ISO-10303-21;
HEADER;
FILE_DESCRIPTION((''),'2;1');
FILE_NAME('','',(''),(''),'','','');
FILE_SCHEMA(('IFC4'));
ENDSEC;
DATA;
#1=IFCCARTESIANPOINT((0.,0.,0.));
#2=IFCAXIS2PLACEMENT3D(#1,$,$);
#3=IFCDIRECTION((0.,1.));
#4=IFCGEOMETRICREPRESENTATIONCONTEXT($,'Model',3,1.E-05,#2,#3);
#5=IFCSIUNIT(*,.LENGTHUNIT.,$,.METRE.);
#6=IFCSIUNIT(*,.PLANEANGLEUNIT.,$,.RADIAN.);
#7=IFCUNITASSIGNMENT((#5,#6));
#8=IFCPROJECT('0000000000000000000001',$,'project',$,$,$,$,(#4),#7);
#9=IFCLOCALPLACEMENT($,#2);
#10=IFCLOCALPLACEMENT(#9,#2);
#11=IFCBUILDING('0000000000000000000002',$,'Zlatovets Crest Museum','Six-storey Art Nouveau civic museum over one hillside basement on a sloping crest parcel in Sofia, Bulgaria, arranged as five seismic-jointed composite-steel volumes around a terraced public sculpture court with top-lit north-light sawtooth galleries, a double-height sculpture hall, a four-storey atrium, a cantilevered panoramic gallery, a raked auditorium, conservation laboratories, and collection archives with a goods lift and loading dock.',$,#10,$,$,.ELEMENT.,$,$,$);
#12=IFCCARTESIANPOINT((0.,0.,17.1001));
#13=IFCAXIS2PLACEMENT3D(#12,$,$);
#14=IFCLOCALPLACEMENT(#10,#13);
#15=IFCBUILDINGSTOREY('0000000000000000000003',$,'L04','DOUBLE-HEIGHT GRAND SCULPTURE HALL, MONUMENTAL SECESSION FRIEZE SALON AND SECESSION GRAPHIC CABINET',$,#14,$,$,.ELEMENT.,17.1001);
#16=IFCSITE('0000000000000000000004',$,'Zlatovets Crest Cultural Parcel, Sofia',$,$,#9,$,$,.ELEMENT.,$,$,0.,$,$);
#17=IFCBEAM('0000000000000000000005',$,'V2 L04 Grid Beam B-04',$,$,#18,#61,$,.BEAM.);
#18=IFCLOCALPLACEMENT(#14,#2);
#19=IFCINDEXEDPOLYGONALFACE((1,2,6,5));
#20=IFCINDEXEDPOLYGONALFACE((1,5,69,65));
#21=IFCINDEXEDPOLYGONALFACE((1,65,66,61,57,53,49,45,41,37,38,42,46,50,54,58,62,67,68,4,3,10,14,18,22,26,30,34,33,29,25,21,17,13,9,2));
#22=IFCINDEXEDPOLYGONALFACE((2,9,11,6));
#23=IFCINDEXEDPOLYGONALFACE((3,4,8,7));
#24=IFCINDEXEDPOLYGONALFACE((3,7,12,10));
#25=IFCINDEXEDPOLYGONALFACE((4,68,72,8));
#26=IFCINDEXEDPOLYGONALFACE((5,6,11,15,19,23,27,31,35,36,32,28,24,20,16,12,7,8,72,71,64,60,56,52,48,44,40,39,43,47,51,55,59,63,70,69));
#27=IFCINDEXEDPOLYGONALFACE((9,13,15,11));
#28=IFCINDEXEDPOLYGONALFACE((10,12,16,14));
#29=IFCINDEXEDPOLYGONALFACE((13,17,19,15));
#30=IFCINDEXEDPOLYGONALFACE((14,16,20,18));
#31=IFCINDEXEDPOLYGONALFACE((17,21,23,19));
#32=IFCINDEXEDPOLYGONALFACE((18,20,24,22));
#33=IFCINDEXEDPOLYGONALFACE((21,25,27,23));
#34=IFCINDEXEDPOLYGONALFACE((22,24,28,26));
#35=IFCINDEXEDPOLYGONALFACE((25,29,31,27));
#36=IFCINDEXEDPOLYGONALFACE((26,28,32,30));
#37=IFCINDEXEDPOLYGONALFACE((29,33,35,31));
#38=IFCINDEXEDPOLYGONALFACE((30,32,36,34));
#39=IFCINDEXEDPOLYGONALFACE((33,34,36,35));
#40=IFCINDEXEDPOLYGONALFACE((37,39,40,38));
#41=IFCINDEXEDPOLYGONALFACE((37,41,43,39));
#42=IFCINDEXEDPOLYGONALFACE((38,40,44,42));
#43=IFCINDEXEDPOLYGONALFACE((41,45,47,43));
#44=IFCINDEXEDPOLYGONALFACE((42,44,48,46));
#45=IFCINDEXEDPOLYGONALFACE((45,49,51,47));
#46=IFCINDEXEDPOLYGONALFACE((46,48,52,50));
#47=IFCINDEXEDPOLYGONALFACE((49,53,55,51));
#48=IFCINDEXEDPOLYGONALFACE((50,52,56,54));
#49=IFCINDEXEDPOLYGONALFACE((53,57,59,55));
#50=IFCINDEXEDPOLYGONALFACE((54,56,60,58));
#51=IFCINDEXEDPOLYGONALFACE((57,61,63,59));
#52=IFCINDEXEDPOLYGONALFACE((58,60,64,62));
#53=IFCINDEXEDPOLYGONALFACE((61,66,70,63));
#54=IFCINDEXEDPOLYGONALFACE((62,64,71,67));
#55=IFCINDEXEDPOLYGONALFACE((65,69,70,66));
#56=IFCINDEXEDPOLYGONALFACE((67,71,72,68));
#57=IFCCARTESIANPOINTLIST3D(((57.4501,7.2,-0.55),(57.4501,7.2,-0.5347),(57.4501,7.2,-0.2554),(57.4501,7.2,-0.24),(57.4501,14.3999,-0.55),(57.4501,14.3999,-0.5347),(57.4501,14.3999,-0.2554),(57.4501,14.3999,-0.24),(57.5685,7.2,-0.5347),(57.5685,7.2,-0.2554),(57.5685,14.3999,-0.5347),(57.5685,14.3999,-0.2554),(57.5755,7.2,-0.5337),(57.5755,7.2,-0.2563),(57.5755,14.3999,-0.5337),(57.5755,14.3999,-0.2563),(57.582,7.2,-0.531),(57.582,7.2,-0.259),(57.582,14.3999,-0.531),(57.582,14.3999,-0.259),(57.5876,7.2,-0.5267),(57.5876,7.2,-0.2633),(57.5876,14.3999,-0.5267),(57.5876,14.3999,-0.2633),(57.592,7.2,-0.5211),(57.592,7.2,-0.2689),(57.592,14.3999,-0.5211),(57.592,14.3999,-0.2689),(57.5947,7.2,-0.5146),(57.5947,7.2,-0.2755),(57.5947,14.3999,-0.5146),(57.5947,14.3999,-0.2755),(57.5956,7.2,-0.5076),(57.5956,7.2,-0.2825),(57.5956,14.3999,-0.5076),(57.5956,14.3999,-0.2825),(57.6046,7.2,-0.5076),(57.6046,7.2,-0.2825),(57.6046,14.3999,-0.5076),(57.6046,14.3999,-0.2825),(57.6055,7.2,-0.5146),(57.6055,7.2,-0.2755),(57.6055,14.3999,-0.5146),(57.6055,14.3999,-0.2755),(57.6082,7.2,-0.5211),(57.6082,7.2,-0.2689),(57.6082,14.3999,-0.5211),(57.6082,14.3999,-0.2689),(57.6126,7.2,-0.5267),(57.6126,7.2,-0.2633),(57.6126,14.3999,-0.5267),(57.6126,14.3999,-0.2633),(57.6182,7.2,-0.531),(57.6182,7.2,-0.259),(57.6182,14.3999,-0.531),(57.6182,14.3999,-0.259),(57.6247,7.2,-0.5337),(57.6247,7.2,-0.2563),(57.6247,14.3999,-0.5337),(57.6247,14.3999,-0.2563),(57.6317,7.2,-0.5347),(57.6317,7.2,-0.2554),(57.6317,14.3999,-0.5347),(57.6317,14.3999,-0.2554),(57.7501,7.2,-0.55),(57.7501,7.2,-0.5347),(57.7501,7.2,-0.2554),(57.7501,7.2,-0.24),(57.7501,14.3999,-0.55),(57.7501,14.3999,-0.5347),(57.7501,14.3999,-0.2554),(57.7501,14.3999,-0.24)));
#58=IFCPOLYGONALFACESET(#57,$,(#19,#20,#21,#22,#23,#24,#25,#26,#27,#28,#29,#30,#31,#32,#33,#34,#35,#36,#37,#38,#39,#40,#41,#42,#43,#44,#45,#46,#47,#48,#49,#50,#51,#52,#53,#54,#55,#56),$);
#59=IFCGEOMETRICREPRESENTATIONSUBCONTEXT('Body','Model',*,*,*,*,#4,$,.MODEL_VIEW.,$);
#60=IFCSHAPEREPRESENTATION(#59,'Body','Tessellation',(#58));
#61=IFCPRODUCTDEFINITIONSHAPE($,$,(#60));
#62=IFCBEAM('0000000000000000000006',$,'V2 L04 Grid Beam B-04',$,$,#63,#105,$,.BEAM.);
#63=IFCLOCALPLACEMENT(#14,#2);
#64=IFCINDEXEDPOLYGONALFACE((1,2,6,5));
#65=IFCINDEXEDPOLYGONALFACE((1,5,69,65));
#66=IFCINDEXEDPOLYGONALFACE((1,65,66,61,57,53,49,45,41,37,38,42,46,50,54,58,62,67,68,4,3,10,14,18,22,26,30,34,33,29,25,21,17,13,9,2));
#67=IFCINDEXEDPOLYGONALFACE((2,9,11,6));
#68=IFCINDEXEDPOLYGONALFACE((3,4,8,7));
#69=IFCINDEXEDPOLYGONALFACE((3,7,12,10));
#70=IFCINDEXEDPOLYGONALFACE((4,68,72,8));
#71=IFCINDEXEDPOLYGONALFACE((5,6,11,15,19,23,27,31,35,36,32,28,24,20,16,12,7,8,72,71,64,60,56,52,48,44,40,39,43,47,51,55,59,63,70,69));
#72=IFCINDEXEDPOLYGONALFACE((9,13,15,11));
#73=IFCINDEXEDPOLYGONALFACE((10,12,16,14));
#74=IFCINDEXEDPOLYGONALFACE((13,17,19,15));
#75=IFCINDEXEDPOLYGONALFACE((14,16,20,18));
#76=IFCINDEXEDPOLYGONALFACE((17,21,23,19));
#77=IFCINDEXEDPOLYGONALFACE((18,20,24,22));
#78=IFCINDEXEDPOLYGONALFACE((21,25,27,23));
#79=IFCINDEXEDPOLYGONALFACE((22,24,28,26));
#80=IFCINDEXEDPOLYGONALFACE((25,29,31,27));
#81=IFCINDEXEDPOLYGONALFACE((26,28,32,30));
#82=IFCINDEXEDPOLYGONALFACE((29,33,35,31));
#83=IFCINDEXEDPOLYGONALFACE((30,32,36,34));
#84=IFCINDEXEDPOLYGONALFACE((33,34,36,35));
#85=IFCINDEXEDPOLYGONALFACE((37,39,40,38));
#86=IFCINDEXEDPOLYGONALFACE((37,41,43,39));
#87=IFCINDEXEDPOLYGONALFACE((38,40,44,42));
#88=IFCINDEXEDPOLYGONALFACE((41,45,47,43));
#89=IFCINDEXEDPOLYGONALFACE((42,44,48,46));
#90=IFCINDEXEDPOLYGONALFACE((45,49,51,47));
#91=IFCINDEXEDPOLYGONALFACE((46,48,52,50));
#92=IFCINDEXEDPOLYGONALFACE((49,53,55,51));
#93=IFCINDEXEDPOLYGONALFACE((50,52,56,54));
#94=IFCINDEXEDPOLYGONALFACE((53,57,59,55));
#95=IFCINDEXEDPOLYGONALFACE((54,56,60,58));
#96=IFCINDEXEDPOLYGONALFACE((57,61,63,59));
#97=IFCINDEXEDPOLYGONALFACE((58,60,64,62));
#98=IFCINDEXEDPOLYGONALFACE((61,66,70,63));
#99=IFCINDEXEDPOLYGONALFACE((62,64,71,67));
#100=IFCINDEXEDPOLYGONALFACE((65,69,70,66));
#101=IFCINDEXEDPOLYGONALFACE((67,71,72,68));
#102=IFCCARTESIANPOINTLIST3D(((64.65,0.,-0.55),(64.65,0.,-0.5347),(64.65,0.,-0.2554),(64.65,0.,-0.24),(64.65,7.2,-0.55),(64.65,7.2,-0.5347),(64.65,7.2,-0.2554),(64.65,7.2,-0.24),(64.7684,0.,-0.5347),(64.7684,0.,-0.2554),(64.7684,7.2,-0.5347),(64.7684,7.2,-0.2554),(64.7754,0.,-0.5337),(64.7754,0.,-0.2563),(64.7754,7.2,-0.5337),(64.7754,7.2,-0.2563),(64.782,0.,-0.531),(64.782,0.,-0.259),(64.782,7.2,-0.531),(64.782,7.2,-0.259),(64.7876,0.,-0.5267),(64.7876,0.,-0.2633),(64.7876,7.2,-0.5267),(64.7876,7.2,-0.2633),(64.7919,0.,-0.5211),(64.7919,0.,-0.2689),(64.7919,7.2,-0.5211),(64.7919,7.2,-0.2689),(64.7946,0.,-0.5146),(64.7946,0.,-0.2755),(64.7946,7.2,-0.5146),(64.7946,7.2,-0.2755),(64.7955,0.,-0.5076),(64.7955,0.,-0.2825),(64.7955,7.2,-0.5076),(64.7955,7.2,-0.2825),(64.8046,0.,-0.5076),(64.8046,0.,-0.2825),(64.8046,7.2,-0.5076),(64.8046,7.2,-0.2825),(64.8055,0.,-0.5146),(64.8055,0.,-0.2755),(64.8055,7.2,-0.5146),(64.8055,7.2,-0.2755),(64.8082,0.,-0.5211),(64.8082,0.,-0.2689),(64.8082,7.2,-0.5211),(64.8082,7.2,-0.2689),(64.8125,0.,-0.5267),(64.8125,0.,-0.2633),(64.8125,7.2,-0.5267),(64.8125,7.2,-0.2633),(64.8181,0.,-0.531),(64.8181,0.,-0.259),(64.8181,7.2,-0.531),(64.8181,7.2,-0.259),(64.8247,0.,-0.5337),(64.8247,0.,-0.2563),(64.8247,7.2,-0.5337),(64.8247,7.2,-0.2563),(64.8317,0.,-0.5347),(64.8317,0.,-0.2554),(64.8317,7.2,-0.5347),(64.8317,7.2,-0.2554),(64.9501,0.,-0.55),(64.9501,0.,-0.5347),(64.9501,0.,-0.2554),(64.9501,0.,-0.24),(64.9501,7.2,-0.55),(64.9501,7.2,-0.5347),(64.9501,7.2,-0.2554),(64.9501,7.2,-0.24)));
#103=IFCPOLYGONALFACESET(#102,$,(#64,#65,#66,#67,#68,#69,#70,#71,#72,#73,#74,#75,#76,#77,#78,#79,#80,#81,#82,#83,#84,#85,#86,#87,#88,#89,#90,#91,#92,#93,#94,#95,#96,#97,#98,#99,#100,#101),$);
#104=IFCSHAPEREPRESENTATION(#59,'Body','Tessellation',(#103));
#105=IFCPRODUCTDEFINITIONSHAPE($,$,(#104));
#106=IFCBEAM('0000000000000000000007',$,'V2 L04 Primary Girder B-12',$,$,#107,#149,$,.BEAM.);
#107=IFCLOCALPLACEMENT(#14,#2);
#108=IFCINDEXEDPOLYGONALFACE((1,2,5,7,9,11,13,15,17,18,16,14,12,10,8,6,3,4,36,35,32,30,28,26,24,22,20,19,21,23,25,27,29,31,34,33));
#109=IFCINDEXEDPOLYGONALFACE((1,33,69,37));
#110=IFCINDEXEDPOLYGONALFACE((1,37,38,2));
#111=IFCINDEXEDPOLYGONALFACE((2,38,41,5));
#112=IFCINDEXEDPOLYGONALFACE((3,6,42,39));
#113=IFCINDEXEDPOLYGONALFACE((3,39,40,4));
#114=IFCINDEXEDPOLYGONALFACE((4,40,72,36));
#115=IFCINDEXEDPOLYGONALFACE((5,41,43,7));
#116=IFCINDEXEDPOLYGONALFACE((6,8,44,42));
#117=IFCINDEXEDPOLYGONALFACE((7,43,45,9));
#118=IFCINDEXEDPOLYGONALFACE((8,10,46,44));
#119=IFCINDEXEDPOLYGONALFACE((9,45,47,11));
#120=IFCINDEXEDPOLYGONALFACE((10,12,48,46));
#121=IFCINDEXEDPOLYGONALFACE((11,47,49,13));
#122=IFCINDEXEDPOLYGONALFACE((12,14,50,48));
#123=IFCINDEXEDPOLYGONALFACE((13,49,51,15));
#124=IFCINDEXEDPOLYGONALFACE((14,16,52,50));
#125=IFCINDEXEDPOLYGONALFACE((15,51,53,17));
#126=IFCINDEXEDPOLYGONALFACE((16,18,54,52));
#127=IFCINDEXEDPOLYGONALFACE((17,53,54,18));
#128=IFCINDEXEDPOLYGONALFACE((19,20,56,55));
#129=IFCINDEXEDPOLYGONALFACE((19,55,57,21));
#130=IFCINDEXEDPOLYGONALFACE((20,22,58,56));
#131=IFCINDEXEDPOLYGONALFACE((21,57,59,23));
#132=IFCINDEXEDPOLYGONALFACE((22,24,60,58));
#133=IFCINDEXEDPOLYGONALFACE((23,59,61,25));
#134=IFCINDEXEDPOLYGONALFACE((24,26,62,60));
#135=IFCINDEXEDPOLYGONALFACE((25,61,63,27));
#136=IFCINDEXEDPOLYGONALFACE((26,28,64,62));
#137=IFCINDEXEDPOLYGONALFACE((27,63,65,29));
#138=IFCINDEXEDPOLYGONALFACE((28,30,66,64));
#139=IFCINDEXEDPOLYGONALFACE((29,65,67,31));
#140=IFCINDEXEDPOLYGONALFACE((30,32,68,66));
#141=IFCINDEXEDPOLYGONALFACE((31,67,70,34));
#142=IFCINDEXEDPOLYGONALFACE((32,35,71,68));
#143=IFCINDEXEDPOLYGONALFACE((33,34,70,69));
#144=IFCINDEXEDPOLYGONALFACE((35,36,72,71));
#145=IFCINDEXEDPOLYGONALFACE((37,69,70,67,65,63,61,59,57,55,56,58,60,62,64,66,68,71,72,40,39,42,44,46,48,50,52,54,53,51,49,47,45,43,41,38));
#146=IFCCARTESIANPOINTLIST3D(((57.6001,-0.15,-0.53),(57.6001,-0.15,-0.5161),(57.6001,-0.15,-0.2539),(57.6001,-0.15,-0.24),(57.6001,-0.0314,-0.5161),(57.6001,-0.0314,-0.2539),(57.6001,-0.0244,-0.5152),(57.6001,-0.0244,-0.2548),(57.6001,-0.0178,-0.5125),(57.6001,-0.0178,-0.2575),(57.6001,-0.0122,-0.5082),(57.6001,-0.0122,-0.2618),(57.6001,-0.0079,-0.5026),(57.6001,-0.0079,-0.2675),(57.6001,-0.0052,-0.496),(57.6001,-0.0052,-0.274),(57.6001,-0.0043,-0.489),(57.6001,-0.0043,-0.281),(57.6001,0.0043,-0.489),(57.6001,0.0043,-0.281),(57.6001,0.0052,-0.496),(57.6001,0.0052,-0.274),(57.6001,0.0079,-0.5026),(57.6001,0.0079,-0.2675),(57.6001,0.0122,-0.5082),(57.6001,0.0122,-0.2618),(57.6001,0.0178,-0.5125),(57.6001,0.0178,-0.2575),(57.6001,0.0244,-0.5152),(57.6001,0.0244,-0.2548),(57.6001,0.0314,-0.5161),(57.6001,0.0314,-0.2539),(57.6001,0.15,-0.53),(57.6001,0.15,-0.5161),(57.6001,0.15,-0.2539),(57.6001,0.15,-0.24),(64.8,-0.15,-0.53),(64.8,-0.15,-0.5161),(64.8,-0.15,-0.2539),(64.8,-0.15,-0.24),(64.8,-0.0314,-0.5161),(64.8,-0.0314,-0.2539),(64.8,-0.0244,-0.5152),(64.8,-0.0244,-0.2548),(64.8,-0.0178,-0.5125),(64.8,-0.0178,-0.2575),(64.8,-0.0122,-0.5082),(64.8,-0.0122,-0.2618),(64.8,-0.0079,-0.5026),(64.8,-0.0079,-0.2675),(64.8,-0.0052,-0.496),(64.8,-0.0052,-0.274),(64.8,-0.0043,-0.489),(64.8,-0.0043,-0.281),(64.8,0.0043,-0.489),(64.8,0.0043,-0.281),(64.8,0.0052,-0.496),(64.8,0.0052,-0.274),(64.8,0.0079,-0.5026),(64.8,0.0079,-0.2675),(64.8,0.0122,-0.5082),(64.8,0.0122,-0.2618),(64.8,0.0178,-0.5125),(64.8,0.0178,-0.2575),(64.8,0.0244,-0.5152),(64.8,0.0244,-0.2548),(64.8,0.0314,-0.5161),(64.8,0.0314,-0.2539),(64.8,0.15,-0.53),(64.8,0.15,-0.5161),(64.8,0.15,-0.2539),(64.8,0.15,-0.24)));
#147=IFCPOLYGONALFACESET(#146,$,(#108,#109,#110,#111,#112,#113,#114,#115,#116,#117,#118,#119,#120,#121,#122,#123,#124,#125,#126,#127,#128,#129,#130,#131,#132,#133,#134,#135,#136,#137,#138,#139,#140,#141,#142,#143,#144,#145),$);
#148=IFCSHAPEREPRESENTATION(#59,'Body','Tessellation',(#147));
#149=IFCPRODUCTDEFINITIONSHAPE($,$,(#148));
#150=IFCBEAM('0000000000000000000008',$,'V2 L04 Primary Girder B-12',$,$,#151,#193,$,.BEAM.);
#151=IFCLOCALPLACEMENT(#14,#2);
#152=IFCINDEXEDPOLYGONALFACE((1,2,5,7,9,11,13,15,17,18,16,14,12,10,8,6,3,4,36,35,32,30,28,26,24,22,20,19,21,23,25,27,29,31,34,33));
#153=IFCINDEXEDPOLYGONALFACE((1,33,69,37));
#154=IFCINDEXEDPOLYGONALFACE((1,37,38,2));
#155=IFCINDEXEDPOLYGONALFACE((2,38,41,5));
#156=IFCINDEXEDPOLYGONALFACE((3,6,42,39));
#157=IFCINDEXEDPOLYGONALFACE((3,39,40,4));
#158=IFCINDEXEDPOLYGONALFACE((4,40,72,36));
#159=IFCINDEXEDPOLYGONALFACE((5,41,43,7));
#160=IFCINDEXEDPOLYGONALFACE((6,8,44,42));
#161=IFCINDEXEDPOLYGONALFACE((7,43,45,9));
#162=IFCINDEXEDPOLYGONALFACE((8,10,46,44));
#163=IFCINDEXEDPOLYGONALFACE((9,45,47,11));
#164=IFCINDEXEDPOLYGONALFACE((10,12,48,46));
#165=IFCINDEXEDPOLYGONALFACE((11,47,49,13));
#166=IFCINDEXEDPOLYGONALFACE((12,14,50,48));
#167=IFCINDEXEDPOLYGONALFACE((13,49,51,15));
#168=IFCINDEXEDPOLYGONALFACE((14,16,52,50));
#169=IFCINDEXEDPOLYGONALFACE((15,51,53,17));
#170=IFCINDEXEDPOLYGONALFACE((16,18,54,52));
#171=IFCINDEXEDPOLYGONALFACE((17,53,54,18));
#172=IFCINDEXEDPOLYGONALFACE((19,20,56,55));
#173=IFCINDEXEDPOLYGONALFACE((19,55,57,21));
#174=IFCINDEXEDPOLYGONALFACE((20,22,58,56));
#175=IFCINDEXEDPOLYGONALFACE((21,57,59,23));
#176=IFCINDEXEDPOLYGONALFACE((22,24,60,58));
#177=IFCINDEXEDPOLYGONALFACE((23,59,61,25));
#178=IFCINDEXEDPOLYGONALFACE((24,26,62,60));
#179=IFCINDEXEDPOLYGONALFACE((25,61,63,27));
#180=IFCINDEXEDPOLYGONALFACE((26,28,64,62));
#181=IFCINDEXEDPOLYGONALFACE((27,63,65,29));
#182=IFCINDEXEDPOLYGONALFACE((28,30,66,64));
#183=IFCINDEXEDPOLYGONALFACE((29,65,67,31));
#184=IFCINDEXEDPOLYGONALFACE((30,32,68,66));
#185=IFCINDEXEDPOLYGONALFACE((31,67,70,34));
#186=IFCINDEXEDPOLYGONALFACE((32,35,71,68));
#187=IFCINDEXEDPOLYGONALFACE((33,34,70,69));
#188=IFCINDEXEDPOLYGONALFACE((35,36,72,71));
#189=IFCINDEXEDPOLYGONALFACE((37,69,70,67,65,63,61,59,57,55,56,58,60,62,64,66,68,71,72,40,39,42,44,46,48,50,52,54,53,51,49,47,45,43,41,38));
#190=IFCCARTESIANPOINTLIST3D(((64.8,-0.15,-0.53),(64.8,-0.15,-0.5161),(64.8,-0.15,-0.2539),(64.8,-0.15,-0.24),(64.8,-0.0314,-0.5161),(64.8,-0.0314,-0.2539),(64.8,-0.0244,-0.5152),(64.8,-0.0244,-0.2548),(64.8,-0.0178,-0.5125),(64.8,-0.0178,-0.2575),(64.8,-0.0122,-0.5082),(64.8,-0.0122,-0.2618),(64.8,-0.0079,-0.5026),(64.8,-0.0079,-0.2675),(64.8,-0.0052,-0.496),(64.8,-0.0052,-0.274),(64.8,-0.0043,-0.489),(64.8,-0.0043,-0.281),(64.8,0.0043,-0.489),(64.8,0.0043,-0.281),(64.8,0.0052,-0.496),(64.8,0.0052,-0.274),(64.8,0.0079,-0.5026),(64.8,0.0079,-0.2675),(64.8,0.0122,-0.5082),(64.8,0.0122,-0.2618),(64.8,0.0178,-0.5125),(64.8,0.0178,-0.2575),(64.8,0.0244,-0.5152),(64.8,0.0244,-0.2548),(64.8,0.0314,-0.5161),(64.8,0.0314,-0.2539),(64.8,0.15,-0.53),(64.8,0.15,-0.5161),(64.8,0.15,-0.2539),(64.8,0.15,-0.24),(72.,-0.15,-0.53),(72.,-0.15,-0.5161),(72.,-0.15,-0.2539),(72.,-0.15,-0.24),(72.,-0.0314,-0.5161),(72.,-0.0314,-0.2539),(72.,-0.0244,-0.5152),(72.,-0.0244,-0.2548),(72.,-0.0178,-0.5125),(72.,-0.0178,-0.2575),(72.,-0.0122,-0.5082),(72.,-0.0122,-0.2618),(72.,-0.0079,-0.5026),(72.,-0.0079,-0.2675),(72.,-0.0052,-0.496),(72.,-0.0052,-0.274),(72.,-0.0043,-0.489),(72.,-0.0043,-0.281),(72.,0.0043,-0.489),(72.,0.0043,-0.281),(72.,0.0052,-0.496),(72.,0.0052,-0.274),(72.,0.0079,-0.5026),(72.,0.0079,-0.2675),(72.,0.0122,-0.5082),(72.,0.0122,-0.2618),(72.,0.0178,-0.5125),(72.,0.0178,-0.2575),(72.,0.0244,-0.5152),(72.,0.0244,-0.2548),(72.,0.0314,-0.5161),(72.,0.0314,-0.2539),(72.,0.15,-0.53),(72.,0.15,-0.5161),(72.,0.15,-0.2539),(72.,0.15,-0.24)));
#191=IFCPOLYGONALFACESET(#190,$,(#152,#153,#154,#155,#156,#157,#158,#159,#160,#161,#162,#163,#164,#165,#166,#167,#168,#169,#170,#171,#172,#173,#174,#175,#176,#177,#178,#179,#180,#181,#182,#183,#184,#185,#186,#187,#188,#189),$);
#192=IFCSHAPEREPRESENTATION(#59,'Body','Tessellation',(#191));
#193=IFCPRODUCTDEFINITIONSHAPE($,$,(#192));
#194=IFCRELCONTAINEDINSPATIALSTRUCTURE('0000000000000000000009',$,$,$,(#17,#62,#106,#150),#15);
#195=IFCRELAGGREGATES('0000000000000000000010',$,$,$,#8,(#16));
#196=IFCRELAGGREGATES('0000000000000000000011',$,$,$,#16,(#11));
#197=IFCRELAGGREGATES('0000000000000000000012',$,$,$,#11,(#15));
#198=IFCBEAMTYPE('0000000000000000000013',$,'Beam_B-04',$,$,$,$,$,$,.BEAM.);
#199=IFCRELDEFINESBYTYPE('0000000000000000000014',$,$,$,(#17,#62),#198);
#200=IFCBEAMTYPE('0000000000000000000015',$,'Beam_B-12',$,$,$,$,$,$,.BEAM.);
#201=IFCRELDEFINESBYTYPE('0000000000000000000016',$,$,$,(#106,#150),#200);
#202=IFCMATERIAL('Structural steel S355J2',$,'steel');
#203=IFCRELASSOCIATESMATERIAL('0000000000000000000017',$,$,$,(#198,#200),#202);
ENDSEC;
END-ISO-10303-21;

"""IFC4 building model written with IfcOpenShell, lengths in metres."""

from ifc_helpers import new_model, si_unit, direction, frame, origin, origin_2d, place, context, subcontext, project, spatial, i_section, extrude, material, material_profile, profile_set, type_object, element, save


model = new_model("IFC4")

# Units and contexts
model_context = context("Model", 3, precision=1e-05, world=origin(), true_north=direction((0.0, 1.0)))
body_context = subcontext(model_context, "Body", "Model", "MODEL_VIEW")
ifc_project = project(units=[si_unit("LENGTHUNIT", "METRE"), si_unit("PLANEANGLEUNIT", "RADIAN")], contexts=[model_context])

# Site, building, storey
site_placement = place(None, origin())
site = spatial("IfcSite", under=ifc_project, at=site_placement, Name="Zlatovets Crest Cultural Parcel, Sofia", CompositionType="ELEMENT", RefElevation=0.0)
building_placement = place(site_placement, origin())
building = spatial("IfcBuilding", under=site, at=building_placement, Name="Zlatovets Crest Museum", Description="Six-storey Art Nouveau civic museum over one hillside basement on a sloping crest parcel in Sofia, Bulgaria, arranged as five seismic-jointed composite-steel volumes around a terraced public sculpture court with top-lit north-light sawtooth galleries, a double-height sculpture hall, a four-storey atrium, a cantilevered panoramic gallery, a raked auditorium, conservation laboratories, and collection archives with a goods lift and loading dock.", CompositionType="ELEMENT")
storey_placement = place(building_placement, frame((0.0, 0.0, 17.1001)))
storey = spatial("IfcBuildingStorey", under=building, at=storey_placement, Name="L04", Description="DOUBLE-HEIGHT GRAND SCULPTURE HALL, MONUMENTAL SECESSION FRIEZE SALON AND SECESSION GRAPHIC CABINET", CompositionType="ELEMENT", Elevation=17.1001)

# Shared definitions
ifc_material_1 = material(Name="Structural steel S355J2", Category="steel")

# Beams
ifc_material_profile_1 = material_profile(ifc_material_1, i_section(OverallWidth=0.3, OverallDepth=0.3101, WebThickness=0.009, FlangeThickness=0.0154, FilletRadius=0.0271, at=origin_2d()), Name="HEA 320")
ifc_profile_set_1 = profile_set([ifc_material_profile_1], Name="Structural steel S355J2")
beam_type_1 = type_object("IfcBeamType", Name="Beam_B-04", PredefinedType="BEAM", material=ifc_profile_set_1)
for number, where, z_axis, x_axis, name in (
    (1, (57.6001, 7.2, -0.395), (0.0, 1.0, 0.0), (-1.0, 0.0, 0.0), "V2 L04 Grid Beam B-04"),
    (2, (64.8, 0.0, -0.395), (0.0, 1.0, 0.0), (-1.0, 0.0, 0.0), "V2 L04 Grid Beam B-04"),
):
    element("IfcBeam", number, at=place(storey_placement, frame(where, z_axis=z_axis, x_axis=x_axis)), inside=storey, type_object=beam_type_1, Name=name, PredefinedType="BEAM", context=body_context, shape_type="SweptSolid", body=[
        extrude(i_section(OverallWidth=0.3, OverallDepth=0.3101, WebThickness=0.009, FlangeThickness=0.0154, FilletRadius=0.0271, at=origin_2d()), origin(), (0.0, 0.0, 1.0), 7.2),
    ])
ifc_material_profile_2 = material_profile(ifc_material_1, i_section(OverallWidth=0.3, OverallDepth=0.29, WebThickness=0.0085, FlangeThickness=0.0139, FilletRadius=0.0271, at=origin_2d()), Name="HEA 300")
ifc_profile_set_2 = profile_set([ifc_material_profile_2], Name="Structural steel S355J2")
beam_type_2 = type_object("IfcBeamType", Name="Beam_B-12", PredefinedType="BEAM", material=ifc_profile_set_2)
for number, where, z_axis, x_axis, name in (
    (3, (57.6001, 0.0, -0.385), (1.0, 0.0, 0.0), (0.0, 1.0, 0.0), "V2 L04 Primary Girder B-12"),
    (4, (64.8, 0.0, -0.385), (1.0, 0.0, 0.0), (0.0, 1.0, 0.0), "V2 L04 Primary Girder B-12"),
):
    element("IfcBeam", number, at=place(storey_placement, frame(where, z_axis=z_axis, x_axis=x_axis)), inside=storey, type_object=beam_type_2, Name=name, PredefinedType="BEAM", context=body_context, shape_type="SweptSolid", body=[
        extrude(i_section(OverallWidth=0.3, OverallDepth=0.29, WebThickness=0.0085, FlangeThickness=0.0139, FilletRadius=0.0271, at=origin_2d()), origin(), (0.0, 0.0, 1.0), 7.2),
    ])

save(model, "model.ifc")
